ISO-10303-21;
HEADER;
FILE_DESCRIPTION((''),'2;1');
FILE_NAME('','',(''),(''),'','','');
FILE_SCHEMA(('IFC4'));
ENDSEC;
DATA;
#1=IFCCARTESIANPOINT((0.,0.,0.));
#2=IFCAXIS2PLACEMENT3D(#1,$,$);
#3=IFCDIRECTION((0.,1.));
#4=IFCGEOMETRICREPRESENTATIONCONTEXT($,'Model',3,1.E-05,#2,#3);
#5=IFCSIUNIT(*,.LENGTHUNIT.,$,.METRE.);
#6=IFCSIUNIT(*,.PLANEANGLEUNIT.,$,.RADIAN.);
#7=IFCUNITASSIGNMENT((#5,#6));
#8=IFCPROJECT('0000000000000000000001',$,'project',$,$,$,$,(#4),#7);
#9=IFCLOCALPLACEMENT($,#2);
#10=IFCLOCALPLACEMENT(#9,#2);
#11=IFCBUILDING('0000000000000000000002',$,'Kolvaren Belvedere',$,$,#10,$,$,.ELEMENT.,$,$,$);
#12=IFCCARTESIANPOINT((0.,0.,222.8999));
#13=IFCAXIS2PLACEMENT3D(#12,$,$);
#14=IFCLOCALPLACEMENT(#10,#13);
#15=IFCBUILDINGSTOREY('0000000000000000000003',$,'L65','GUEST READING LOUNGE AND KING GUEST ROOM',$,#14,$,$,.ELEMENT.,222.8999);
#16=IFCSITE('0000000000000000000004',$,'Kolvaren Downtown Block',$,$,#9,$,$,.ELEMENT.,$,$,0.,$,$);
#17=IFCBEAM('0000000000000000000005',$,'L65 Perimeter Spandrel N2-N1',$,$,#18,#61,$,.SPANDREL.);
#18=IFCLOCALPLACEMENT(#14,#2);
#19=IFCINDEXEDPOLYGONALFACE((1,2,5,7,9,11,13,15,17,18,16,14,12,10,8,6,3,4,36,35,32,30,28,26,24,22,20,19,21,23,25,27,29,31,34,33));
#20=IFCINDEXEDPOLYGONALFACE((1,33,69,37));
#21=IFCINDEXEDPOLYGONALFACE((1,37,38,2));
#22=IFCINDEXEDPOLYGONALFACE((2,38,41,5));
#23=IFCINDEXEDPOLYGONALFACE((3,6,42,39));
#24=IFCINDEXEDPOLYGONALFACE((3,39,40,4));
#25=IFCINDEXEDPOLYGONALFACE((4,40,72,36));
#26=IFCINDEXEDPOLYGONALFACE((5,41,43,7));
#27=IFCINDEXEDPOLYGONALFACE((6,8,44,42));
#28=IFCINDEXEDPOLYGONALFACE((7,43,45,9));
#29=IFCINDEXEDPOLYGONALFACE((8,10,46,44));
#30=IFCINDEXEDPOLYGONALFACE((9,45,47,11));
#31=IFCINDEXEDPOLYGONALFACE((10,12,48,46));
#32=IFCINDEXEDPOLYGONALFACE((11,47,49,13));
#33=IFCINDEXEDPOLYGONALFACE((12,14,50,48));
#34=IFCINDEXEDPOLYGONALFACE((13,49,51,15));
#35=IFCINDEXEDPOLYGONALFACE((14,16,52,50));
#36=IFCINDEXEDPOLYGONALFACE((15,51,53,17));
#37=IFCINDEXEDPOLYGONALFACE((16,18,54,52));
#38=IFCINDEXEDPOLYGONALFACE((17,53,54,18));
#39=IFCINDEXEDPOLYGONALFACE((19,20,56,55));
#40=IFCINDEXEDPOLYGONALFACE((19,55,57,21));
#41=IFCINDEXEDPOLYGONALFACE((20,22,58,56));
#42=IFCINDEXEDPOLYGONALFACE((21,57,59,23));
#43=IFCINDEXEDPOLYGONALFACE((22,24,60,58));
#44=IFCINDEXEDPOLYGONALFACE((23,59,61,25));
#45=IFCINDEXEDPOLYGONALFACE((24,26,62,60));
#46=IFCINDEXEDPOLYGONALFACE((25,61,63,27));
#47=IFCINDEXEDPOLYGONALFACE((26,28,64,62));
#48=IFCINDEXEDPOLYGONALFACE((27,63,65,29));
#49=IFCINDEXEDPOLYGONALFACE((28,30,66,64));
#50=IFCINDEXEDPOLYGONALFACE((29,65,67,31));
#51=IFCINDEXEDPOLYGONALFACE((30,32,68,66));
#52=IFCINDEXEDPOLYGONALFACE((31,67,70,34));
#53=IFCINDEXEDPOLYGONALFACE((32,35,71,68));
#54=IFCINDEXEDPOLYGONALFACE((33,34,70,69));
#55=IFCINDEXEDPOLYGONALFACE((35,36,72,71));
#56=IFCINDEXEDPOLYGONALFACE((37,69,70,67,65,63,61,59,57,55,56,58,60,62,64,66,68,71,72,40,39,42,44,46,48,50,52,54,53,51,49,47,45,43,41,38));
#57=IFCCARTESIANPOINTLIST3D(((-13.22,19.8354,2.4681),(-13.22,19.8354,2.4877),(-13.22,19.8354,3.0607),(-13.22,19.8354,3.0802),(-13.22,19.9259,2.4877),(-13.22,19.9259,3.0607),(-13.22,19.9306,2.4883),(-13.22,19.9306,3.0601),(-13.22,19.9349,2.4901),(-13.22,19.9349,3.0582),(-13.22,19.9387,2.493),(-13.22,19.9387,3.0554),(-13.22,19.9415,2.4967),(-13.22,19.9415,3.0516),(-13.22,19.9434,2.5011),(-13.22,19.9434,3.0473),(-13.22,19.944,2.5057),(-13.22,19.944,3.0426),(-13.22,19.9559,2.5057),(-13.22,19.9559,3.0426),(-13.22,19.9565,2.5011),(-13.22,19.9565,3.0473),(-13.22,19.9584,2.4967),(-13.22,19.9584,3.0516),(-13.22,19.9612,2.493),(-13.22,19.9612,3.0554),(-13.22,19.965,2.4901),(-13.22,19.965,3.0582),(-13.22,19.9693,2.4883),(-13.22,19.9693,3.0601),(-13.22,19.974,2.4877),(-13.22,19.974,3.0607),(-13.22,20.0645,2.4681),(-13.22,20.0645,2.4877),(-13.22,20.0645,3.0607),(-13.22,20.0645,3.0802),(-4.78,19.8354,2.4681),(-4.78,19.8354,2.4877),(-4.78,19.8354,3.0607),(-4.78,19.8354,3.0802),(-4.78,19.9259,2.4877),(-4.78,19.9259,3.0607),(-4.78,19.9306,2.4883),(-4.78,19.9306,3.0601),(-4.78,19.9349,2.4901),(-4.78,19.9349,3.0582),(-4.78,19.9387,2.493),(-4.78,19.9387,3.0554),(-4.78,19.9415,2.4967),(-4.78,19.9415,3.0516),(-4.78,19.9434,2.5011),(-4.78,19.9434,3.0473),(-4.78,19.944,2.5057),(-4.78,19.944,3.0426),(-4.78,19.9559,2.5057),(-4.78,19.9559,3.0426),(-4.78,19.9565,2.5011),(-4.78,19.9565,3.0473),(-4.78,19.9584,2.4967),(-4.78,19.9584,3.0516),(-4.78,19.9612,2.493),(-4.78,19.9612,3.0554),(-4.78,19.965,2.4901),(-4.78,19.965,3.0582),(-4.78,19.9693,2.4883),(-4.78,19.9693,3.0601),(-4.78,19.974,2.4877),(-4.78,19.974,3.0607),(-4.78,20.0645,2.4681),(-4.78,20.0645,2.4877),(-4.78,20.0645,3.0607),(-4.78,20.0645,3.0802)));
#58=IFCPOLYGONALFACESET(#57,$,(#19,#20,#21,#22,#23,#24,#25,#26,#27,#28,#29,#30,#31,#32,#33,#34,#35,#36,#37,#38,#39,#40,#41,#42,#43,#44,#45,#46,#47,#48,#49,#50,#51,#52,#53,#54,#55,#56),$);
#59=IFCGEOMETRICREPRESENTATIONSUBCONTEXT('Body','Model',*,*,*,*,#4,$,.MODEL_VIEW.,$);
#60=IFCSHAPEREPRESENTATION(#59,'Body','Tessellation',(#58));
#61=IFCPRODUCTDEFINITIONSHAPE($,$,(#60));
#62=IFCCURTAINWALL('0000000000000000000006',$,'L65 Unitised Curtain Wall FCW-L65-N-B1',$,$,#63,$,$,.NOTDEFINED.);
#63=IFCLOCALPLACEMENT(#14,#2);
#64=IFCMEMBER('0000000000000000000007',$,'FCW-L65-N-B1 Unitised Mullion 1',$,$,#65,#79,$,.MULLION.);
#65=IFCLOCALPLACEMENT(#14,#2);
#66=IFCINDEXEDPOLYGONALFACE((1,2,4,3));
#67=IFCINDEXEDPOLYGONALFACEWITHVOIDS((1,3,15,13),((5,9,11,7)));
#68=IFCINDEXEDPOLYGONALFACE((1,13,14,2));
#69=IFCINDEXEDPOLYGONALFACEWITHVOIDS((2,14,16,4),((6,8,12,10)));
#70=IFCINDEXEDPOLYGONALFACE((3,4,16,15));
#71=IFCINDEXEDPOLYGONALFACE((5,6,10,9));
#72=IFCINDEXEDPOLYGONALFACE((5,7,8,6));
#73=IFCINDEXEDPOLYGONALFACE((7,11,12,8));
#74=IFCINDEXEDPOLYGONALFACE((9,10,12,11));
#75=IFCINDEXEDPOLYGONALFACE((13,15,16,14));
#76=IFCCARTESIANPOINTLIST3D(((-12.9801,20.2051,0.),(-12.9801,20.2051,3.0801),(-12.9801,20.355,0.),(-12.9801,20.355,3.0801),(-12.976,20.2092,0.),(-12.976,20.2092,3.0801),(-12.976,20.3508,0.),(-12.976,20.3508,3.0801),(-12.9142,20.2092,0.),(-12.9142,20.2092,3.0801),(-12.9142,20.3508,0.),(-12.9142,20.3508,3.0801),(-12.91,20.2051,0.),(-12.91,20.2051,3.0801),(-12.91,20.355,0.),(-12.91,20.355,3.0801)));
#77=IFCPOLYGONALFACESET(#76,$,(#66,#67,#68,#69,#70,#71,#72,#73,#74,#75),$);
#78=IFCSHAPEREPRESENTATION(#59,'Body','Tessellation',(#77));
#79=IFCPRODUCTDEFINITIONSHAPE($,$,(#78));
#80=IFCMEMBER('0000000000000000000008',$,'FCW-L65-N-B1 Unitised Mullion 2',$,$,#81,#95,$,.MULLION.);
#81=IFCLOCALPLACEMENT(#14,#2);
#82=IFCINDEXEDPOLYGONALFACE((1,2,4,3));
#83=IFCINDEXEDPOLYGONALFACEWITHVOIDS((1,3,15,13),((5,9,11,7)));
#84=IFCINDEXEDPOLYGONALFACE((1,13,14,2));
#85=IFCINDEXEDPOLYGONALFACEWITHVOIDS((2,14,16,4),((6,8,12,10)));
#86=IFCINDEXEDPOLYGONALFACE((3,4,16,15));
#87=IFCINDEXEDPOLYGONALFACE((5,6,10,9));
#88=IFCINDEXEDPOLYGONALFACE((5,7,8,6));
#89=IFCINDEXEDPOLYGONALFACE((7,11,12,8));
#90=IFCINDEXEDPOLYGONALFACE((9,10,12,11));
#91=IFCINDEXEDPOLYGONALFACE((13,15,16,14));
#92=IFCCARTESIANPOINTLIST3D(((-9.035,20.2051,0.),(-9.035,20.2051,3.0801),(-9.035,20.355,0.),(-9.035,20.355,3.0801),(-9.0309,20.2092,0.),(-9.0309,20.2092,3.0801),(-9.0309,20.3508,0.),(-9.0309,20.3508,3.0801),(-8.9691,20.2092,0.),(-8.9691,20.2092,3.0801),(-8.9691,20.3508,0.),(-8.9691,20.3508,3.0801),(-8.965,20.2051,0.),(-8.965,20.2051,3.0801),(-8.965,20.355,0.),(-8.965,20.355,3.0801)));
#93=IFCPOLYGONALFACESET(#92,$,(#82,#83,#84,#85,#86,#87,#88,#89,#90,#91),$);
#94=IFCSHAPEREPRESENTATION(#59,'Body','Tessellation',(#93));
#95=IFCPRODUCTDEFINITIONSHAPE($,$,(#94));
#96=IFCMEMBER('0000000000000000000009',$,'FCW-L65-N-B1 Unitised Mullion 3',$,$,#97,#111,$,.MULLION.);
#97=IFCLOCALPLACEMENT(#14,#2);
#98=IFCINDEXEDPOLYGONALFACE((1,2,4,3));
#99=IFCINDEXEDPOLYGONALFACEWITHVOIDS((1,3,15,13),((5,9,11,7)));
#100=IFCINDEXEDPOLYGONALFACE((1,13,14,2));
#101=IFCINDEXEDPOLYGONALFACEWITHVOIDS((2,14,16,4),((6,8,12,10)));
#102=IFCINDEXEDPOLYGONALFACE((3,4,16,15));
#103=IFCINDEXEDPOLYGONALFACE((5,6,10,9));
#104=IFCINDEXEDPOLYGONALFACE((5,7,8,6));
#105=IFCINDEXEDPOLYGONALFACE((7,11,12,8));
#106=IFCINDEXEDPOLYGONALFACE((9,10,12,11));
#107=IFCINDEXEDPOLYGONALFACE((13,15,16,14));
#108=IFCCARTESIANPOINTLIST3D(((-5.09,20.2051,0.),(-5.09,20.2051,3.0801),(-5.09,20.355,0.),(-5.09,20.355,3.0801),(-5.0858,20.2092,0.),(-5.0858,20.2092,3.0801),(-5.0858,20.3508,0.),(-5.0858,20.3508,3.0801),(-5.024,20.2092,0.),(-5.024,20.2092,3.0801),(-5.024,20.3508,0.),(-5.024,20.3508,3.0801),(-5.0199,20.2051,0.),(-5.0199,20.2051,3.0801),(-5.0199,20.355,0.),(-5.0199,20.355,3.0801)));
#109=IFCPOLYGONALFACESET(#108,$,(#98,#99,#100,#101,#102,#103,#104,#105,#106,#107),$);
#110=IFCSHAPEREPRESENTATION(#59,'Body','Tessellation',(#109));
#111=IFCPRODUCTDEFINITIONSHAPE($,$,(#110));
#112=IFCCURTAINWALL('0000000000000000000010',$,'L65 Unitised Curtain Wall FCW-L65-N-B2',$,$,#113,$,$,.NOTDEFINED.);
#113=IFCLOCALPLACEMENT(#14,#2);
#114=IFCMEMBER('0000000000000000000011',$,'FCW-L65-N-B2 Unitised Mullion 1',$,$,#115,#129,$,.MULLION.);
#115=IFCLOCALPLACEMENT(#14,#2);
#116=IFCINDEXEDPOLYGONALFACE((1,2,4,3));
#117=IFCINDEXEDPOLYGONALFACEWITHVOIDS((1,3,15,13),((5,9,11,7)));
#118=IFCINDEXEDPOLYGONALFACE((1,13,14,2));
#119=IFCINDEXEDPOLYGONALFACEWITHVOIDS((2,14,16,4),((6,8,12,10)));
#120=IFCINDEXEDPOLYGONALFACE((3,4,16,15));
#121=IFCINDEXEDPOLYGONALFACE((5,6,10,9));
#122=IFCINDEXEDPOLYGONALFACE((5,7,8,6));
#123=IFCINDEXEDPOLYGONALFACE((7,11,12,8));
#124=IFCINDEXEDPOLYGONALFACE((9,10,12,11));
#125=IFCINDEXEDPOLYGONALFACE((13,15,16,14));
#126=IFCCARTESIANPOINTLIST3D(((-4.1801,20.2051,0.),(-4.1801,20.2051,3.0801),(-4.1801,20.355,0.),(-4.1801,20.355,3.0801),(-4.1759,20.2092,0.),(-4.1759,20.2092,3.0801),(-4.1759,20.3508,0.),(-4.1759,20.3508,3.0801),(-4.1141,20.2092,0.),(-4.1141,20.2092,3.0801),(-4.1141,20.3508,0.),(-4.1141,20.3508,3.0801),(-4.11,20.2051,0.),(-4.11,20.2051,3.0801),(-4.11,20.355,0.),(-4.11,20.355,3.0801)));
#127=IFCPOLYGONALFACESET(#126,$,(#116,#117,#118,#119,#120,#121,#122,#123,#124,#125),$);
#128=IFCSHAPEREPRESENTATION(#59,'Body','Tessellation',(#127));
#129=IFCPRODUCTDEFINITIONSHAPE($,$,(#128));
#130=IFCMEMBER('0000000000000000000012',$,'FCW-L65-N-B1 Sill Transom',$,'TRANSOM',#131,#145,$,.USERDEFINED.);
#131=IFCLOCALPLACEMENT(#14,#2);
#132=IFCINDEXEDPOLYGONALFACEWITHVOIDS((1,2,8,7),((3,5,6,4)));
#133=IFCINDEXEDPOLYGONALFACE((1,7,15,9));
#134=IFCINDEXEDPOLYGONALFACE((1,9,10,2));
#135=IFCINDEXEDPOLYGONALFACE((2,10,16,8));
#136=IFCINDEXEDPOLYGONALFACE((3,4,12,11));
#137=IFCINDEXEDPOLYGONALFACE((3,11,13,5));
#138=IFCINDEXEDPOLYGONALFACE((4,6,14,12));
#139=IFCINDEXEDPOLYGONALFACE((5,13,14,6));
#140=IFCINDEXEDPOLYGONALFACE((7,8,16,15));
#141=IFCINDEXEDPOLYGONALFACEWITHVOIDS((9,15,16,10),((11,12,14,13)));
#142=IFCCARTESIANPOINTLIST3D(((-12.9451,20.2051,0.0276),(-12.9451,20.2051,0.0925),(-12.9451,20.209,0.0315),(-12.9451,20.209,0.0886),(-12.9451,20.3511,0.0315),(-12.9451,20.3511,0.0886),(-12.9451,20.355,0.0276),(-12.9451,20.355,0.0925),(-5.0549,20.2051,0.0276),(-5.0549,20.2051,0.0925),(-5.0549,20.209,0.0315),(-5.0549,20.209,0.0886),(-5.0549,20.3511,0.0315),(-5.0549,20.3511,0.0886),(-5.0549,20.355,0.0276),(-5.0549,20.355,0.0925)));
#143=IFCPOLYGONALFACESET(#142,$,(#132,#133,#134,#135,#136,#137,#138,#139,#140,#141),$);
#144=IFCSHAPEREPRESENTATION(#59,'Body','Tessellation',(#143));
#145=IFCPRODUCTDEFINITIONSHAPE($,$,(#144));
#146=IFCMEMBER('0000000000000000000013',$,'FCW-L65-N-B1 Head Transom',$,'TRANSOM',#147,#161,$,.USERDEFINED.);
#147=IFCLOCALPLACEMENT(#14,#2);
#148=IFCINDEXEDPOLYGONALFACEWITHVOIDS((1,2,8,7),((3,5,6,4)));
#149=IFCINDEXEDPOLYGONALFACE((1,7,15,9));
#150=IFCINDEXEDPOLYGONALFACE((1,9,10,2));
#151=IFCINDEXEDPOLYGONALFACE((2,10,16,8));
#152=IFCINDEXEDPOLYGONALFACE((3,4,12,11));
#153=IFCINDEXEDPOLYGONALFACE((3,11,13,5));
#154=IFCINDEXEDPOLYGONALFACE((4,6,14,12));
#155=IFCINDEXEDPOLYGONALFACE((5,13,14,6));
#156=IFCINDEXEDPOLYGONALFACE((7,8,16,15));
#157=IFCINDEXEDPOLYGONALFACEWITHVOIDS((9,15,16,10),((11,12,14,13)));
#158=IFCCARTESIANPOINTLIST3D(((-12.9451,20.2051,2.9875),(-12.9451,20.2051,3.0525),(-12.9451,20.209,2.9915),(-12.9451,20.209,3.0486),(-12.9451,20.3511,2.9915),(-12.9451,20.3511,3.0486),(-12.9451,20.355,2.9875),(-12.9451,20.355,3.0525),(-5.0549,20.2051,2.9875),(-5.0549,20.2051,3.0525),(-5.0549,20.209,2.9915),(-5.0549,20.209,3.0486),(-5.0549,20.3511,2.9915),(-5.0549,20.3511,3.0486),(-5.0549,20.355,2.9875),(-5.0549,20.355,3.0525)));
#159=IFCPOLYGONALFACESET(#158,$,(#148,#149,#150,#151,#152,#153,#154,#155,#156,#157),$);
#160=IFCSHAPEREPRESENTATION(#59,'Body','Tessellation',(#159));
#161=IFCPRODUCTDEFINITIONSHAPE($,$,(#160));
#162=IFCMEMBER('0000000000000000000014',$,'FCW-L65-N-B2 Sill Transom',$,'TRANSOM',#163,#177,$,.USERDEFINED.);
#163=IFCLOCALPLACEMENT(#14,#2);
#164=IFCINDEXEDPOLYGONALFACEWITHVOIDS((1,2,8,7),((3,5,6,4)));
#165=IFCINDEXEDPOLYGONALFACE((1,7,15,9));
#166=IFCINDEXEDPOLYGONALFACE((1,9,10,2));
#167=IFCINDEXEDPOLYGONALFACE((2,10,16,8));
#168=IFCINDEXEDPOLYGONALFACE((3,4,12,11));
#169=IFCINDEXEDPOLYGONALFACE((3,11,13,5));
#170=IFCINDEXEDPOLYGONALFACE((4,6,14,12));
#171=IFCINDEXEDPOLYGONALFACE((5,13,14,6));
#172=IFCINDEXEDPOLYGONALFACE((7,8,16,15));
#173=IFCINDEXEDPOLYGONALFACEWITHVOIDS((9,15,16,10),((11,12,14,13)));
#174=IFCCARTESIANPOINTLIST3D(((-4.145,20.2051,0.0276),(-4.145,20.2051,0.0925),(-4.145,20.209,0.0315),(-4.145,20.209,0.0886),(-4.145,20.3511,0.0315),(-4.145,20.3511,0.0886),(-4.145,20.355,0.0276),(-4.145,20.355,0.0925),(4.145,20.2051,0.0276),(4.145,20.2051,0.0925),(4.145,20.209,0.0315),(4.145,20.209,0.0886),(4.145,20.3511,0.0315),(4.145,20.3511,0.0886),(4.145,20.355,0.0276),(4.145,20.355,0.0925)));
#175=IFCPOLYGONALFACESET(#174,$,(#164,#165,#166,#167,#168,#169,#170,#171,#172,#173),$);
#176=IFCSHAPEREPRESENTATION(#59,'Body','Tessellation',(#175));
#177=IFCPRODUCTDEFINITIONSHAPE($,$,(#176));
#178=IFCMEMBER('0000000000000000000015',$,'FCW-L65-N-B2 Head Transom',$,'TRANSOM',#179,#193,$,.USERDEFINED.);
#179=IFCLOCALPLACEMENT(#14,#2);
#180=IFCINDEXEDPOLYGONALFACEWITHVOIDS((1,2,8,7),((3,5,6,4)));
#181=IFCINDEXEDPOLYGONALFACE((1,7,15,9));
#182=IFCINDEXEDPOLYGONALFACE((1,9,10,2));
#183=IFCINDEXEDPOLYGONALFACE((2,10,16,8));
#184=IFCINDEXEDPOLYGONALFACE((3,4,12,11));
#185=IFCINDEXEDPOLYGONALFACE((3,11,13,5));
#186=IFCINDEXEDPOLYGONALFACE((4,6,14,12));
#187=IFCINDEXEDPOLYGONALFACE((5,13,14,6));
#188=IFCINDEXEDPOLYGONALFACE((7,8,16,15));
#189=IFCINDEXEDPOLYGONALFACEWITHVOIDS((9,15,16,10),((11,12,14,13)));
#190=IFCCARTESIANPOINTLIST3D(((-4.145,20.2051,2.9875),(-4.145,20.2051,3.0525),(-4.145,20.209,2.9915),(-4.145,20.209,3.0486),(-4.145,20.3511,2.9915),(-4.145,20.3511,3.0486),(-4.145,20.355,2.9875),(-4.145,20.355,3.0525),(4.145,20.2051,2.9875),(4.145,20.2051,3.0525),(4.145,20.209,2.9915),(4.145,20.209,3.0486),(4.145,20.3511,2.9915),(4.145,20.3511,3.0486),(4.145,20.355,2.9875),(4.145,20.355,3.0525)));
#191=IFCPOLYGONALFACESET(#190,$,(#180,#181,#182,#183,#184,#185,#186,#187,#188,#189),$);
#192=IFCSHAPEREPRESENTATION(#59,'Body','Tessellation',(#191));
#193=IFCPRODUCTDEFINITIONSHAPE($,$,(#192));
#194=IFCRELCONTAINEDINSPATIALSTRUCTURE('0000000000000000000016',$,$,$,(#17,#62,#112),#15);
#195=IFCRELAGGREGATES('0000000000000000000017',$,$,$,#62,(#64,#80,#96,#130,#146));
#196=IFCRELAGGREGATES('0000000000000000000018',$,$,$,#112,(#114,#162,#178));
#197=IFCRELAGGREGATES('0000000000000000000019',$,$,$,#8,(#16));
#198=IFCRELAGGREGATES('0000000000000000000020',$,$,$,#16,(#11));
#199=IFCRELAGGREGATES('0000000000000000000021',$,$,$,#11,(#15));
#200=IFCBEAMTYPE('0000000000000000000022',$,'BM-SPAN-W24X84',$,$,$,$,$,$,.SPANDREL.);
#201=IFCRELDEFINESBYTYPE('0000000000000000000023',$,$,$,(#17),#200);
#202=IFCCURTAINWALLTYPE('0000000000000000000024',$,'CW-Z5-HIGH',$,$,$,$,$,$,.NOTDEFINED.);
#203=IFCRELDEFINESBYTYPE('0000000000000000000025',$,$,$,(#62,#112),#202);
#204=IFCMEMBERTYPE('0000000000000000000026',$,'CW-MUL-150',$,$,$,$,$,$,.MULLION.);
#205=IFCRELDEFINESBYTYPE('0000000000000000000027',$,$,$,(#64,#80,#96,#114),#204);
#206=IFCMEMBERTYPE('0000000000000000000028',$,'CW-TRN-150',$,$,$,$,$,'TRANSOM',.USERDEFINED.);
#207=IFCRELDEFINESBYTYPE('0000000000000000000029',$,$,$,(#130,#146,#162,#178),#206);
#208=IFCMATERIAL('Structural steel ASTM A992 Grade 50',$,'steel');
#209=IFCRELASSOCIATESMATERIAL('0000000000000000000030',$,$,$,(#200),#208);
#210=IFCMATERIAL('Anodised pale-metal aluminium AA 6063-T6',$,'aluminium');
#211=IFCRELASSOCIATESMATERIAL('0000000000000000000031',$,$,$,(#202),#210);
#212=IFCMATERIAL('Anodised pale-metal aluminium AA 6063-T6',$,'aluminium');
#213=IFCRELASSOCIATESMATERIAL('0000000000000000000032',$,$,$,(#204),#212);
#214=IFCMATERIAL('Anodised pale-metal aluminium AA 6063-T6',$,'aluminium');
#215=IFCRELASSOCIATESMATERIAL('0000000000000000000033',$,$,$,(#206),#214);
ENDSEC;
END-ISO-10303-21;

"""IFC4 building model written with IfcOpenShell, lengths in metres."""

from ifc_helpers import new_model, si_unit, direction, frame, origin, origin_2d, place, context, subcontext, project, spatial, hollow_rectangle, i_section, extrude, material, material_profile, profile_set, type_object, element, aggregate, save


model = new_model("IFC4")

# Units and contexts
model_context = context("Model", 3, precision=1e-05, world=origin(), true_north=direction((0.0, 1.0)))
body_context = subcontext(model_context, "Body", "Model", "MODEL_VIEW")
ifc_project = project(units=[si_unit("LENGTHUNIT", "METRE"), si_unit("PLANEANGLEUNIT", "RADIAN")], contexts=[model_context])

# Site, building, storey
site_placement = place(None, origin())
site = spatial("IfcSite", under=ifc_project, at=site_placement, Name="Kolvaren Downtown Block", CompositionType="ELEMENT", RefElevation=0.0)
building_placement = place(site_placement, origin())
building = spatial("IfcBuilding", under=site, at=building_placement, Name="Kolvaren Belvedere", CompositionType="ELEMENT")
storey_placement = place(building_placement, frame((0.0, 0.0, 222.8999)))
storey = spatial("IfcBuildingStorey", under=building, at=storey_placement, Name="L65", Description="GUEST READING LOUNGE AND KING GUEST ROOM", CompositionType="ELEMENT", Elevation=222.8999)

# Beam
ifc_material_1 = material(Name="Structural steel ASTM A992 Grade 50", Category="steel")
ifc_material_profile_1 = material_profile(ifc_material_1, i_section(OverallWidth=0.229, OverallDepth=0.6121, WebThickness=0.012, FlangeThickness=0.0195, FilletRadius=0.0181, at=origin_2d()), Name="W24X84")
ifc_profile_set_1 = profile_set([ifc_material_profile_1], Name="Structural steel ASTM A992 Grade 50")
beam_type_1 = type_object("IfcBeamType", Name="BM-SPAN-W24X84", PredefinedType="SPANDREL", material=ifc_profile_set_1)
beam_1_placement = place(storey_placement, frame((-4.78, 19.95, 2.7742), z_axis=(-1.0, 0.0, 0.0), x_axis=(0.0, -1.0, 0.0)))
element("IfcBeam", 1, at=beam_1_placement, inside=storey, type_object=beam_type_1, Name="L65 Perimeter Spandrel N2-N1", PredefinedType="SPANDREL", context=body_context, shape_type="SweptSolid", body=[
    extrude(i_section(OverallWidth=0.229, OverallDepth=0.6121, WebThickness=0.012, FlangeThickness=0.0195, FilletRadius=0.0181, at=origin_2d()), origin(), (0.0, 0.0, 1.0), 8.4399),
])

# Curtain wall, members
ifc_material_2 = material(Name="Anodised pale-metal aluminium AA 6063-T6", Category="aluminium")
curtain_wall_type = type_object("IfcCurtainWallType", Name="CW-Z5-HIGH", PredefinedType="NOTDEFINED", material=ifc_material_2)
curtain_wall_1_placement = place(storey_placement, origin())
curtain_wall_1 = element("IfcCurtainWall", 2, at=curtain_wall_1_placement, inside=storey, type_object=curtain_wall_type, Name="L65 Unitised Curtain Wall FCW-L65-N-B1", PredefinedType="NOTDEFINED")
ifc_material_3 = material(Name="Anodised pale-metal aluminium AA 6063-T6", Category="aluminium")
ifc_material_profile_2 = material_profile(ifc_material_3, hollow_rectangle(XDim=0.0701, YDim=0.1499, WallThickness=0.0042, at=origin_2d()), Name="ALU-MUL-150X70")
ifc_profile_set_2 = profile_set([ifc_material_profile_2], Name="Anodised pale-metal aluminium AA 6063-T6")
member_type_1 = type_object("IfcMemberType", Name="CW-MUL-150", PredefinedType="MULLION", material=ifc_profile_set_2)
member_1_placement = place(storey_placement, frame((-12.9451, 20.28, 0.0), z_axis=(0.0, 0.0, 1.0), x_axis=(1.0, 0.0, 0.0)))
member_1 = element("IfcMember", 3, at=member_1_placement, type_object=member_type_1, Name="FCW-L65-N-B1 Unitised Mullion 1", PredefinedType="MULLION", context=body_context, shape_type="SweptSolid", body=[
    extrude(hollow_rectangle(XDim=0.0701, YDim=0.1499, WallThickness=0.0042, at=origin_2d()), origin(), (0.0, 0.0, 1.0), 3.0801),
])
member_2_placement = place(storey_placement, frame((-9.0, 20.28, 0.0), z_axis=(0.0, 0.0, 1.0), x_axis=(1.0, 0.0, 0.0)))
member_2 = element("IfcMember", 4, at=member_2_placement, type_object=member_type_1, Name="FCW-L65-N-B1 Unitised Mullion 2", PredefinedType="MULLION", context=body_context, shape_type="SweptSolid", body=[
    extrude(hollow_rectangle(XDim=0.0701, YDim=0.1499, WallThickness=0.0042, at=origin_2d()), origin(), (0.0, 0.0, 1.0), 3.0801),
])
member_3_placement = place(storey_placement, frame((-5.0549, 20.28, 0.0), z_axis=(0.0, 0.0, 1.0), x_axis=(1.0, 0.0, 0.0)))
member_3 = element("IfcMember", 5, at=member_3_placement, type_object=member_type_1, Name="FCW-L65-N-B1 Unitised Mullion 3", PredefinedType="MULLION", context=body_context, shape_type="SweptSolid", body=[
    extrude(hollow_rectangle(XDim=0.0701, YDim=0.1499, WallThickness=0.0042, at=origin_2d()), origin(), (0.0, 0.0, 1.0), 3.0801),
])

# Curtain wall, member
curtain_wall_2_placement = place(storey_placement, origin())
curtain_wall_2 = element("IfcCurtainWall", 6, at=curtain_wall_2_placement, inside=storey, type_object=curtain_wall_type, Name="L65 Unitised Curtain Wall FCW-L65-N-B2", PredefinedType="NOTDEFINED")
member_4_placement = place(storey_placement, frame((-4.145, 20.28, 0.0), z_axis=(0.0, 0.0, 1.0), x_axis=(1.0, 0.0, 0.0)))
member_4 = element("IfcMember", 7, at=member_4_placement, type_object=member_type_1, Name="FCW-L65-N-B2 Unitised Mullion 1", PredefinedType="MULLION", context=body_context, shape_type="SweptSolid", body=[
    extrude(hollow_rectangle(XDim=0.0701, YDim=0.1499, WallThickness=0.0042, at=origin_2d()), origin(), (0.0, 0.0, 1.0), 3.0801),
])

# Members
ifc_material_4 = material(Name="Anodised pale-metal aluminium AA 6063-T6", Category="aluminium")
ifc_material_profile_3 = material_profile(ifc_material_4, hollow_rectangle(XDim=0.0649, YDim=0.1499, WallThickness=0.0039, at=origin_2d()), Name="ALU-TRN-150X65")
ifc_profile_set_3 = profile_set([ifc_material_profile_3], Name="Anodised pale-metal aluminium AA 6063-T6")
member_type_2 = type_object("IfcMemberType", Name="CW-TRN-150", ElementType="TRANSOM", PredefinedType="USERDEFINED", material=ifc_profile_set_3)
member_5_placement = place(storey_placement, frame((-12.9451, 20.28, 0.0601), z_axis=(1.0, 0.0, 0.0), x_axis=(0.0, 0.0, 1.0)))
member_5 = element("IfcMember", 8, at=member_5_placement, type_object=member_type_2, Name="FCW-L65-N-B1 Sill Transom", ObjectType="TRANSOM", PredefinedType="USERDEFINED", context=body_context, shape_type="SweptSolid", body=[
    extrude(hollow_rectangle(XDim=0.0649, YDim=0.1499, WallThickness=0.0039, at=origin_2d()), origin(), (0.0, 0.0, 1.0), 7.8901),
])
member_6_placement = place(storey_placement, frame((-12.9451, 20.28, 3.02), z_axis=(1.0, 0.0, 0.0), x_axis=(0.0, 0.0, 1.0)))
member_6 = element("IfcMember", 9, at=member_6_placement, type_object=member_type_2, Name="FCW-L65-N-B1 Head Transom", ObjectType="TRANSOM", PredefinedType="USERDEFINED", context=body_context, shape_type="SweptSolid", body=[
    extrude(hollow_rectangle(XDim=0.0649, YDim=0.1499, WallThickness=0.0039, at=origin_2d()), origin(), (0.0, 0.0, 1.0), 7.8901),
])
member_7_placement = place(storey_placement, frame((-4.145, 20.28, 0.0601), z_axis=(1.0, 0.0, 0.0), x_axis=(0.0, 0.0, 1.0)))
member_7 = element("IfcMember", 10, at=member_7_placement, type_object=member_type_2, Name="FCW-L65-N-B2 Sill Transom", ObjectType="TRANSOM", PredefinedType="USERDEFINED", context=body_context, shape_type="SweptSolid", body=[
    extrude(hollow_rectangle(XDim=0.0649, YDim=0.1499, WallThickness=0.0039, at=origin_2d()), origin(), (0.0, 0.0, 1.0), 8.29),
])
member_8_placement = place(storey_placement, frame((-4.145, 20.28, 3.02), z_axis=(1.0, 0.0, 0.0), x_axis=(0.0, 0.0, 1.0)))
member_8 = element("IfcMember", 11, at=member_8_placement, type_object=member_type_2, Name="FCW-L65-N-B2 Head Transom", ObjectType="TRANSOM", PredefinedType="USERDEFINED", context=body_context, shape_type="SweptSolid", body=[
    extrude(hollow_rectangle(XDim=0.0649, YDim=0.1499, WallThickness=0.0039, at=origin_2d()), origin(), (0.0, 0.0, 1.0), 8.29),
])

aggregate(curtain_wall_1, [member_1, member_2, member_3, member_5, member_6])
aggregate(curtain_wall_2, [member_4, member_7, member_8])

save(model, "model.ifc")
